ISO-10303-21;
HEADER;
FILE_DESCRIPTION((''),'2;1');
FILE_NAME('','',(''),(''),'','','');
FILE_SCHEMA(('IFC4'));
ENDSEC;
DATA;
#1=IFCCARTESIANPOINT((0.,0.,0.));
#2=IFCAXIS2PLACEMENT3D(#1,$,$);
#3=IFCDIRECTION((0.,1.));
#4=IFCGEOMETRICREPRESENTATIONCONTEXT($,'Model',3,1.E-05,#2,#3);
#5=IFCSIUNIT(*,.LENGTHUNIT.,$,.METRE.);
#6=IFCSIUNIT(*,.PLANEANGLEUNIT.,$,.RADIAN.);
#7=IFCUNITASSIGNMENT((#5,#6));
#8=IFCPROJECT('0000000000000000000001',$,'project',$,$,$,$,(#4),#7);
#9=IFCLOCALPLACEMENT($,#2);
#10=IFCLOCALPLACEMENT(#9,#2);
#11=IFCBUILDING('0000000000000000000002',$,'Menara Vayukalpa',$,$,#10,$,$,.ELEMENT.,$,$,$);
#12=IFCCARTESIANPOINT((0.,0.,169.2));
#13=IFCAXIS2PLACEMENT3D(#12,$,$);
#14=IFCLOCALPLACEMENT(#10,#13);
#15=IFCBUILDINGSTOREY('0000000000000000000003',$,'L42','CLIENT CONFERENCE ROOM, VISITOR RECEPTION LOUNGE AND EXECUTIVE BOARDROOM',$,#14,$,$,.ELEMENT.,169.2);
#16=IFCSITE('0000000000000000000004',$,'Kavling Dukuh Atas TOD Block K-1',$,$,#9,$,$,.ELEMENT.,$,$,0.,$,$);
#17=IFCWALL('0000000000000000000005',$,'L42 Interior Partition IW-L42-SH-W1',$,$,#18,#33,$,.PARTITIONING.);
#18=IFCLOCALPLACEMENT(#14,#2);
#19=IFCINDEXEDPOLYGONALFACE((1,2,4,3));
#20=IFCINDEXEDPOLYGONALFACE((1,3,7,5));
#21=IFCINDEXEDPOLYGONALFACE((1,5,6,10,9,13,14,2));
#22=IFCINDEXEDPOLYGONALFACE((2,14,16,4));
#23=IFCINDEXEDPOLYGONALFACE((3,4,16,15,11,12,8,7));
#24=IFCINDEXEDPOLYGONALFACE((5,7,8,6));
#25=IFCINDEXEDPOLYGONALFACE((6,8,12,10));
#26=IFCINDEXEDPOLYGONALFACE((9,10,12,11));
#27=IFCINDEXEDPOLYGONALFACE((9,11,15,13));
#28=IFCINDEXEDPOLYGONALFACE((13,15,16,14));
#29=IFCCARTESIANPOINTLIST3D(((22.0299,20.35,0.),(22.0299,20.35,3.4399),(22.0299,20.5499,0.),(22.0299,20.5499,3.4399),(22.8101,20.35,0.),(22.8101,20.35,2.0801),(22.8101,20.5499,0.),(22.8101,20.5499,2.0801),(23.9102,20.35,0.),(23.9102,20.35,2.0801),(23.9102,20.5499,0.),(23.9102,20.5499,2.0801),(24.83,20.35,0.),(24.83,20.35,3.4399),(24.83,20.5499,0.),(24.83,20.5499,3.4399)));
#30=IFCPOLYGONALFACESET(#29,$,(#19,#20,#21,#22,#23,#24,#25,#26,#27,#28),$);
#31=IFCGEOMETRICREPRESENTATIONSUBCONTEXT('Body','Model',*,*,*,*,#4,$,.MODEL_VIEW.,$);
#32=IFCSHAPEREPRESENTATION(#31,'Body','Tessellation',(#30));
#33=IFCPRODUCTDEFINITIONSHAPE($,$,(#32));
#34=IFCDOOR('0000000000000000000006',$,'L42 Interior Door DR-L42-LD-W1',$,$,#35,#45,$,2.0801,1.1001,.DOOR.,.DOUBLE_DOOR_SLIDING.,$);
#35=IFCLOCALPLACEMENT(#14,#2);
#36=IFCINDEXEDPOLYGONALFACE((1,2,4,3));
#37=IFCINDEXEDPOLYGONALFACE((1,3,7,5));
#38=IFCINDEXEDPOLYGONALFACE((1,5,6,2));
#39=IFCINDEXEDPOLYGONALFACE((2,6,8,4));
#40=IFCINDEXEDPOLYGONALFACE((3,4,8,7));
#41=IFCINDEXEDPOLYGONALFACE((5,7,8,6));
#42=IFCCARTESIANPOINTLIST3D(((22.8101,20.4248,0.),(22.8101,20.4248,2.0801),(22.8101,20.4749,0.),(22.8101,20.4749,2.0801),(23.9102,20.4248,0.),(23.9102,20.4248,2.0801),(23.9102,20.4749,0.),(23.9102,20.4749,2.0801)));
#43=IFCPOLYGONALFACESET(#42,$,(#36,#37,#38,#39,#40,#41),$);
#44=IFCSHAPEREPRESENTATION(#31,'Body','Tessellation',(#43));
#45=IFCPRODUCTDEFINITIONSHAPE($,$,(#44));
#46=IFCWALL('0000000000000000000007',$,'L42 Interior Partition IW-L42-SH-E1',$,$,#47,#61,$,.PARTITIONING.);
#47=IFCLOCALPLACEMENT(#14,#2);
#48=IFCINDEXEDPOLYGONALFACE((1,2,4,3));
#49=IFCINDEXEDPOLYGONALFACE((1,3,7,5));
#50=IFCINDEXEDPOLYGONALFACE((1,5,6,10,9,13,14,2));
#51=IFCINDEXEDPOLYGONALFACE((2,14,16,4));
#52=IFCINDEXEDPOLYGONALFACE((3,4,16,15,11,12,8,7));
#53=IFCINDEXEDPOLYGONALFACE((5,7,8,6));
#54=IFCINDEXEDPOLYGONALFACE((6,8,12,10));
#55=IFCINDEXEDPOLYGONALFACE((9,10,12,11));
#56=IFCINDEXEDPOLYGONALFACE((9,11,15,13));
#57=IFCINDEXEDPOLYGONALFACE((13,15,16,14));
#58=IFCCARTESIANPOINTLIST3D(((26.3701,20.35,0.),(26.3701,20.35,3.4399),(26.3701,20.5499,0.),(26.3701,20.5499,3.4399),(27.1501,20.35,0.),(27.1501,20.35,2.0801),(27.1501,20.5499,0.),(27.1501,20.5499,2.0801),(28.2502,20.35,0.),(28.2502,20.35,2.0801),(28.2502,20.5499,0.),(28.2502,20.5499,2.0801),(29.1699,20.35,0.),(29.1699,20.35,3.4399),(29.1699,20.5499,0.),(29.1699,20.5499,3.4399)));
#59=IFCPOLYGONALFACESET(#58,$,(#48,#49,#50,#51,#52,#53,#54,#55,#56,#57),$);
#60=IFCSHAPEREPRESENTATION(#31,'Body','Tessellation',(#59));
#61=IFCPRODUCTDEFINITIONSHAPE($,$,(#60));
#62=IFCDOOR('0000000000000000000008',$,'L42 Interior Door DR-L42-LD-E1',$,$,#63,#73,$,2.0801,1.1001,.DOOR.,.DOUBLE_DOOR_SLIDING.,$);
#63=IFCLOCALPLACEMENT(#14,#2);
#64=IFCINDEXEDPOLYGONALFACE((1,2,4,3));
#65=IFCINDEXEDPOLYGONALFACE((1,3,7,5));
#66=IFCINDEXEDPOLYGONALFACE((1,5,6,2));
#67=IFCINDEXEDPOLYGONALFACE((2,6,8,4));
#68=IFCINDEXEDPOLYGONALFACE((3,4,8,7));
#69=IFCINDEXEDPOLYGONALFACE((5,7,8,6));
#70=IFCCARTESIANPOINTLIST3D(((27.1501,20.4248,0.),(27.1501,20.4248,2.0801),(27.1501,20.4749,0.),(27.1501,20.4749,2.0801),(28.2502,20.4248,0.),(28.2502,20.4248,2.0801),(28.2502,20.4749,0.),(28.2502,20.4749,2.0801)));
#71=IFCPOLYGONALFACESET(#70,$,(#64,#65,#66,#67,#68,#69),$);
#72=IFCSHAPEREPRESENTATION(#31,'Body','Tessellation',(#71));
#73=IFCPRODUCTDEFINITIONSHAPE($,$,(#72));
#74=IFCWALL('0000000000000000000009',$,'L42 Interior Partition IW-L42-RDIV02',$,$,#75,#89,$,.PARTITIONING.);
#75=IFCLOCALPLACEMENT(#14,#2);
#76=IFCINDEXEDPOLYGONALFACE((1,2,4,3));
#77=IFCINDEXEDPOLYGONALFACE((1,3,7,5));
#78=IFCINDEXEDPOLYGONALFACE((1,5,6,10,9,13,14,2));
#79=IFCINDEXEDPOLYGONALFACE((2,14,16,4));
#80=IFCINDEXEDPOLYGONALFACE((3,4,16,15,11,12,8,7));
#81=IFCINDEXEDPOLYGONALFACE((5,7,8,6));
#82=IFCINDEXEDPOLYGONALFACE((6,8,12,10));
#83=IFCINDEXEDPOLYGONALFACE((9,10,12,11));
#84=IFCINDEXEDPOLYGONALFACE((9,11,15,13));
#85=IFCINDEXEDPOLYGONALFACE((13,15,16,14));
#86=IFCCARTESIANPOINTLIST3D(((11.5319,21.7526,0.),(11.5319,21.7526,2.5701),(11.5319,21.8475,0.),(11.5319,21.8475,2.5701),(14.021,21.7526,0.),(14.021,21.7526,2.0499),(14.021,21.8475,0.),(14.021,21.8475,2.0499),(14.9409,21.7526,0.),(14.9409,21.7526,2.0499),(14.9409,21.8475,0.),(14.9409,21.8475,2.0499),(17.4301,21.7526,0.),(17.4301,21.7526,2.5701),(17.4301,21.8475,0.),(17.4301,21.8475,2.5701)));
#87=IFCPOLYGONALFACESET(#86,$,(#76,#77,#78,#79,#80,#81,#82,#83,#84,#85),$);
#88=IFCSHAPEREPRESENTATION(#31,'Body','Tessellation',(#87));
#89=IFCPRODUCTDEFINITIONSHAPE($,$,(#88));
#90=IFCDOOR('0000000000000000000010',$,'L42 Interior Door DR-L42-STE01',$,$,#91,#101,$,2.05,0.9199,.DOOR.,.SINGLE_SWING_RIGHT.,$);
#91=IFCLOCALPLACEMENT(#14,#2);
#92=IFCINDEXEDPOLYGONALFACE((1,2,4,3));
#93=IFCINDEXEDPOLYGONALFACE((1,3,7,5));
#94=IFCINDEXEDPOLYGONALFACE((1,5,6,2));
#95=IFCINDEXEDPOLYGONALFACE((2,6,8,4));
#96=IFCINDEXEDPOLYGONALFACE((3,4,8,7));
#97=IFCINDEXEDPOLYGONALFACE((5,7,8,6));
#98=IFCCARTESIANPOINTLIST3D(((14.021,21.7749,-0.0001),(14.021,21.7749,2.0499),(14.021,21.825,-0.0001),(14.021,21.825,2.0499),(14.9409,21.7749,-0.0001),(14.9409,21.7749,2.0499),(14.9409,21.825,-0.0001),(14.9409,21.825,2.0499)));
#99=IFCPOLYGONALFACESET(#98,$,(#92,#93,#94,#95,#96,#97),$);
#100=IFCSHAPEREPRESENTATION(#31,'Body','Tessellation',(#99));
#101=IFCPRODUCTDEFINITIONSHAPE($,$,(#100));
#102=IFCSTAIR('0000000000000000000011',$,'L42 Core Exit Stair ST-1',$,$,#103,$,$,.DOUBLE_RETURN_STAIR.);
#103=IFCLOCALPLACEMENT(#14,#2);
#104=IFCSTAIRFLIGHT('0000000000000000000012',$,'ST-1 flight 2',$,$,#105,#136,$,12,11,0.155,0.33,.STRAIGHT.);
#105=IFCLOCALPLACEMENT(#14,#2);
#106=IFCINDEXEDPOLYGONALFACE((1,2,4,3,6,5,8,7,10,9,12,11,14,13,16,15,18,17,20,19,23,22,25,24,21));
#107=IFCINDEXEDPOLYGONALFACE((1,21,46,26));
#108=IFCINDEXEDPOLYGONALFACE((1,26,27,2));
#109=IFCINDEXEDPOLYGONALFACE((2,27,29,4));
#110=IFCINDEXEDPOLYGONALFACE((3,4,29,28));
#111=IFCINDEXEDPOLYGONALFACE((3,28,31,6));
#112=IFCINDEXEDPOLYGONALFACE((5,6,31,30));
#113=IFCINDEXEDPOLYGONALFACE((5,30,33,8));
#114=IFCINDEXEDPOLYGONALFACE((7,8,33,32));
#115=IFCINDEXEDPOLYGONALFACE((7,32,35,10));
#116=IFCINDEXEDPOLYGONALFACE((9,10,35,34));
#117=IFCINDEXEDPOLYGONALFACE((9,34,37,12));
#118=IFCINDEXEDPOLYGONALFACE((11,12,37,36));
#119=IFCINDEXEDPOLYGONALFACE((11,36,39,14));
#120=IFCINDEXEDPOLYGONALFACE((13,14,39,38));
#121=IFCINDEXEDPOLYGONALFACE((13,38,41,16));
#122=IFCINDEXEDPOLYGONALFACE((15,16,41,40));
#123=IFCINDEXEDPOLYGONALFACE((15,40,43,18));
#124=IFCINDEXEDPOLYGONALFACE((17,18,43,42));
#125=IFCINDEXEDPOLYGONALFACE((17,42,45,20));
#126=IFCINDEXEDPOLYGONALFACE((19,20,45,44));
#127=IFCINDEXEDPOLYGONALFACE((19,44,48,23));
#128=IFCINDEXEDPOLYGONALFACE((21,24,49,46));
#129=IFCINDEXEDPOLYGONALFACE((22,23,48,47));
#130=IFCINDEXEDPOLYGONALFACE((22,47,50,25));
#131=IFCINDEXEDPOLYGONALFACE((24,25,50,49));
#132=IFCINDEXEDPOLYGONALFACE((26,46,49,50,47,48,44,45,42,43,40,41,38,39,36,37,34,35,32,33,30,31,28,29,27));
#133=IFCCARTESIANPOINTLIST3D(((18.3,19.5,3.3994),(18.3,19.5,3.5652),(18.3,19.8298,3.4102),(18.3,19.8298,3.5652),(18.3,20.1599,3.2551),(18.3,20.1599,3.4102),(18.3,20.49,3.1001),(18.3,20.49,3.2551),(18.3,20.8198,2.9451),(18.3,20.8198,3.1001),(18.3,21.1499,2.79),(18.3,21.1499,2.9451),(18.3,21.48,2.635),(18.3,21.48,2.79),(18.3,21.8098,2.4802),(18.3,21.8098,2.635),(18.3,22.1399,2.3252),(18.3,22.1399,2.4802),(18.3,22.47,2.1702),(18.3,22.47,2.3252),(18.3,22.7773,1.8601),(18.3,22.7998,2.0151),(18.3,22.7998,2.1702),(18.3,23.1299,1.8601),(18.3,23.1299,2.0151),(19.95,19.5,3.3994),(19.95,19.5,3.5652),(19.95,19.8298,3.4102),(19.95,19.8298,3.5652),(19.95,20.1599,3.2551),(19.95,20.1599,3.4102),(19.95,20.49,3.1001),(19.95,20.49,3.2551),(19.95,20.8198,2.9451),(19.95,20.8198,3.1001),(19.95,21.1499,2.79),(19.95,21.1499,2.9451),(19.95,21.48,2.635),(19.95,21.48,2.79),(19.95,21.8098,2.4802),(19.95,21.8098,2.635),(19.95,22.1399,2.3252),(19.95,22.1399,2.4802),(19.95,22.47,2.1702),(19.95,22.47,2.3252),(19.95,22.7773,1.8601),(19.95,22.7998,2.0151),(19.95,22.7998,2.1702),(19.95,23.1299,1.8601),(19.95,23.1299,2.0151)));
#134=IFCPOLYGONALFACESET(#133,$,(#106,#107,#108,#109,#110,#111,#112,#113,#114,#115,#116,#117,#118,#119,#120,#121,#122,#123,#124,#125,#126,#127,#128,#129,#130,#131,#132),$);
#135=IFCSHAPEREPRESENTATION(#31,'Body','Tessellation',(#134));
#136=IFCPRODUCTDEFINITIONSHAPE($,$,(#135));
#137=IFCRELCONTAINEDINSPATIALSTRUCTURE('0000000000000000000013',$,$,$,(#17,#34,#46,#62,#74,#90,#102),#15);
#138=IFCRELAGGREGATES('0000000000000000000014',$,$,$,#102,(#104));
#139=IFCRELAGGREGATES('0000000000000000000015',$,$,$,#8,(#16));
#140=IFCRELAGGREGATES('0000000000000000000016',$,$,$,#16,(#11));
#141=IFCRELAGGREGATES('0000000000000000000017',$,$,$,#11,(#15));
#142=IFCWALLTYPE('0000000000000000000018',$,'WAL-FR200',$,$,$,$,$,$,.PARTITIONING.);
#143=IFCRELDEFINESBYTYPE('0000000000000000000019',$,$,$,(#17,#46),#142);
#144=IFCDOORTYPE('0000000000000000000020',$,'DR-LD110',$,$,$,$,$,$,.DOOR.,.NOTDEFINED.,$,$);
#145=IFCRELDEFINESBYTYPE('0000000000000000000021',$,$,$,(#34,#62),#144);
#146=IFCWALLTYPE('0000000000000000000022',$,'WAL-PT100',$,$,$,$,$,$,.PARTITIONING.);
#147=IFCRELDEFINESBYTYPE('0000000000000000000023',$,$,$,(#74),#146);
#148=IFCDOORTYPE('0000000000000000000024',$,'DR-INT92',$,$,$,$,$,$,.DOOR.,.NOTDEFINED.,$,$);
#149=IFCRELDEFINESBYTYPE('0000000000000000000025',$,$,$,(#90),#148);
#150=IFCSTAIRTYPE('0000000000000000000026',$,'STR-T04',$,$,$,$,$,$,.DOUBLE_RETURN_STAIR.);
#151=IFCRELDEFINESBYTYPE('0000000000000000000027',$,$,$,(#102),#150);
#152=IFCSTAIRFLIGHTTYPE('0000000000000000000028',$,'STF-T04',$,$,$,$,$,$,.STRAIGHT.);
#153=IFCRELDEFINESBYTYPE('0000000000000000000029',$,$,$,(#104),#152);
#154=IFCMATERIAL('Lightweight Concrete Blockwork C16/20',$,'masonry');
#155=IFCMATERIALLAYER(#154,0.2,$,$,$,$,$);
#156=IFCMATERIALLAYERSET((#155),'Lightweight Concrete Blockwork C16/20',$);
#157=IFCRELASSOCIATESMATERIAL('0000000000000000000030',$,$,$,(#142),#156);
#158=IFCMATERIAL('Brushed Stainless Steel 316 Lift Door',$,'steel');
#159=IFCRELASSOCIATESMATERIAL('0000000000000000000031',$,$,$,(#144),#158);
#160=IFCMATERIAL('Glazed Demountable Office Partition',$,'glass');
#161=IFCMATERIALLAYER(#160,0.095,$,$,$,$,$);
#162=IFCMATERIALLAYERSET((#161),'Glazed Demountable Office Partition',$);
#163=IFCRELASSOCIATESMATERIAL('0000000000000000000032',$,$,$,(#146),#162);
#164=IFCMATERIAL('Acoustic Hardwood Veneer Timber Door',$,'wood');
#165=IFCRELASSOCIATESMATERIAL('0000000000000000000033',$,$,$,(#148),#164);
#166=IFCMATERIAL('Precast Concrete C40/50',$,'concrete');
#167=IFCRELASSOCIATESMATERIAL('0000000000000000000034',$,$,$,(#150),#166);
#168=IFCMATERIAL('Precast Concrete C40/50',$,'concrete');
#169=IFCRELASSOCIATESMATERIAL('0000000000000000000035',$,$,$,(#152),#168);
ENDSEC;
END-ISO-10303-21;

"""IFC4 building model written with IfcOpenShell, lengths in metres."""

from ifc_helpers import new_model, si_unit, direction, frame, frame_2d, origin, place, context, subcontext, project, spatial, polyline, rectangle, outline, extrude, material, layer, layer_set, type_object, element, fill, aggregate, save


model = new_model("IFC4")

# Units and contexts
model_context = context("Model", 3, precision=1e-05, world=origin(), true_north=direction((0.0, 1.0)))
body_context = subcontext(model_context, "Body", "Model", "MODEL_VIEW")
ifc_project = project(units=[si_unit("LENGTHUNIT", "METRE"), si_unit("PLANEANGLEUNIT", "RADIAN")], contexts=[model_context])

# Site, building, storey
site_placement = place(None, origin())
site = spatial("IfcSite", under=ifc_project, at=site_placement, Name="Kavling Dukuh Atas TOD Block K-1", CompositionType="ELEMENT", RefElevation=0.0)
building_placement = place(site_placement, origin())
building = spatial("IfcBuilding", under=site, at=building_placement, Name="Menara Vayukalpa", CompositionType="ELEMENT")
storey_placement = place(building_placement, frame((0.0, 0.0, 169.2)))
storey = spatial("IfcBuildingStorey", under=building, at=storey_placement, Name="L42", Description="CLIENT CONFERENCE ROOM, VISITOR RECEPTION LOUNGE AND EXECUTIVE BOARDROOM", CompositionType="ELEMENT", Elevation=169.2)

# Walls, openings, doors
ifc_material_1 = material(Name="Lightweight Concrete Blockwork C16/20", Category="masonry")
ifc_layer_1 = layer(ifc_material_1, 0.2)
ifc_layer_set_1 = layer_set([ifc_layer_1], Name="Lightweight Concrete Blockwork C16/20")
wall_type_1 = type_object("IfcWallType", Name="WAL-FR200", PredefinedType="PARTITIONING", material=ifc_layer_set_1)
wall_1_placement = place(storey_placement, frame((22.03, 20.45, 0.0), z_axis=(0.0, 0.0, 1.0), x_axis=(1.0, 0.0, 0.0)))
wall_1 = element("IfcWall", 1, at=wall_1_placement, inside=storey, type_object=wall_type_1, Name="L42 Interior Partition IW-L42-SH-W1", PredefinedType="PARTITIONING", context=body_context, shape_type="SweptSolid", body=[
    extrude(rectangle(XDim=2.8, YDim=0.2, at=frame_2d((1.3999, 0.0))), origin(), (0.0, 0.0, 1.0), 3.4399),
])
opening_1_placement = place(wall_1_placement, frame((0.78, 0.0, 0.0)))
opening_1 = element("IfcOpeningElement", 2, at=opening_1_placement, cuts=wall_1, PredefinedType="OPENING", context=body_context, shape_type="SweptSolid", body=[
    extrude(rectangle(XDim=1.1001, YDim=2.0801, at=frame_2d((0.55, 1.04))), frame((0.0, 0.1099, 0.0), z_axis=(0.0, -1.0, 0.0), x_axis=(1.0, 0.0, 0.0)), (0.0, 0.0, 1.0), 0.22),
])
ifc_material_2 = material(Name="Brushed Stainless Steel 316 Lift Door", Category="steel")
door_type_1 = type_object("IfcDoorType", Name="DR-LD110", OperationType="NOTDEFINED", PredefinedType="DOOR", material=ifc_material_2)
door_1_placement = place(opening_1_placement, origin())
door_1 = element("IfcDoor", 3, at=door_1_placement, inside=storey, type_object=door_type_1, Name="L42 Interior Door DR-L42-LD-W1", OperationType="DOUBLE_DOOR_SLIDING", OverallHeight=2.0801, OverallWidth=1.1001, PredefinedType="DOOR", context=body_context, shape_type="SweptSolid", body=[
    extrude(rectangle(XDim=1.1001, YDim=2.0801, at=frame_2d((0.55, 1.04))), frame((0.0, 0.0249, 0.0), z_axis=(0.0, -1.0, 0.0), x_axis=(1.0, 0.0, 0.0)), (0.0, 0.0, 1.0), 0.05),
])
fill(opening_1, door_1)
wall_2_placement = place(storey_placement, frame((26.3701, 20.45, 0.0), z_axis=(0.0, 0.0, 1.0), x_axis=(1.0, 0.0, 0.0)))
wall_2 = element("IfcWall", 4, at=wall_2_placement, inside=storey, type_object=wall_type_1, Name="L42 Interior Partition IW-L42-SH-E1", PredefinedType="PARTITIONING", context=body_context, shape_type="SweptSolid", body=[
    extrude(rectangle(XDim=2.7998, YDim=0.2, at=frame_2d((1.3999, 0.0))), origin(), (0.0, 0.0, 1.0), 3.4399),
])
opening_2_placement = place(wall_2_placement, frame((0.78, 0.0, 0.0)))
opening_2 = element("IfcOpeningElement", 5, at=opening_2_placement, cuts=wall_2, PredefinedType="OPENING", context=body_context, shape_type="SweptSolid", body=[
    extrude(rectangle(XDim=1.1001, YDim=2.0801, at=frame_2d((0.55, 1.04))), frame((0.0, 0.1099, 0.0), z_axis=(0.0, -1.0, 0.0), x_axis=(1.0, 0.0, 0.0)), (0.0, 0.0, 1.0), 0.22),
])
door_2_placement = place(opening_2_placement, origin())
door_2 = element("IfcDoor", 6, at=door_2_placement, inside=storey, type_object=door_type_1, Name="L42 Interior Door DR-L42-LD-E1", OperationType="DOUBLE_DOOR_SLIDING", OverallHeight=2.0801, OverallWidth=1.1001, PredefinedType="DOOR", context=body_context, shape_type="SweptSolid", body=[
    extrude(rectangle(XDim=1.1001, YDim=2.0801, at=frame_2d((0.55, 1.04))), frame((0.0, 0.0249, 0.0), z_axis=(0.0, -1.0, 0.0), x_axis=(1.0, 0.0, 0.0)), (0.0, 0.0, 1.0), 0.05),
])
fill(opening_2, door_2)
ifc_material_3 = material(Name="Glazed Demountable Office Partition", Category="glass")
ifc_layer_2 = layer(ifc_material_3, 0.095)
ifc_layer_set_2 = layer_set([ifc_layer_2], Name="Glazed Demountable Office Partition")
wall_type_2 = type_object("IfcWallType", Name="WAL-PT100", PredefinedType="PARTITIONING", material=ifc_layer_set_2)
wall_3_placement = place(storey_placement, frame((11.5317, 21.8, 0.0), z_axis=(0.0, 0.0, 1.0), x_axis=(1.0, 0.0, 0.0)))
wall_3 = element("IfcWall", 7, at=wall_3_placement, inside=storey, type_object=wall_type_2, Name="L42 Interior Partition IW-L42-RDIV02", PredefinedType="PARTITIONING", context=body_context, shape_type="SweptSolid", body=[
    extrude(rectangle(XDim=5.8982, YDim=0.095, at=frame_2d((2.9492, 0.0))), origin(), (0.0, 0.0, 1.0), 2.5701),
])
opening_3_placement = place(wall_3_placement, frame((2.4893, 0.0, 0.0)))
opening_3 = element("IfcOpeningElement", 8, at=opening_3_placement, cuts=wall_3, PredefinedType="OPENING", context=body_context, shape_type="SweptSolid", body=[
    extrude(rectangle(XDim=0.9199, YDim=2.05, at=frame_2d((0.46, 1.0249))), frame((0.0, 0.0574, 0.0), z_axis=(0.0, -1.0, 0.0), x_axis=(1.0, 0.0, 0.0)), (0.0, 0.0, 1.0), 0.115),
])
ifc_material_4 = material(Name="Acoustic Hardwood Veneer Timber Door", Category="wood")
door_type_2 = type_object("IfcDoorType", Name="DR-INT92", OperationType="NOTDEFINED", PredefinedType="DOOR", material=ifc_material_4)
door_3_placement = place(opening_3_placement, origin())
door_3 = element("IfcDoor", 9, at=door_3_placement, inside=storey, type_object=door_type_2, Name="L42 Interior Door DR-L42-STE01", OperationType="SINGLE_SWING_RIGHT", OverallHeight=2.05, OverallWidth=0.9199, PredefinedType="DOOR", context=body_context, shape_type="SweptSolid", body=[
    extrude(rectangle(XDim=0.9199, YDim=2.05, at=frame_2d((0.46, 1.0249))), frame((0.0, 0.0249, 0.0), z_axis=(0.0, -1.0, 0.0), x_axis=(1.0, 0.0, 0.0)), (0.0, 0.0, 1.0), 0.05),
])
fill(opening_3, door_3)

# Stair, stair flight
ifc_material_5 = material(Name="Precast Concrete C40/50", Category="concrete")
stair_type = type_object("IfcStairType", Name="STR-T04", PredefinedType="DOUBLE_RETURN_STAIR", material=ifc_material_5)
stair_placement = place(storey_placement, origin())
stair = element("IfcStair", 10, at=stair_placement, inside=storey, type_object=stair_type, Name="L42 Core Exit Stair ST-1", PredefinedType="DOUBLE_RETURN_STAIR")
ifc_material_6 = material(Name="Precast Concrete C40/50", Category="concrete")
stair_flight_type = type_object("IfcStairFlightType", Name="STF-T04", PredefinedType="STRAIGHT", material=ifc_material_6)
stair_flight_placement = place(storey_placement, frame((19.125, 23.1299, 1.8601), z_axis=(0.0, 0.0, 1.0), x_axis=(0.0, -1.0, 0.0)))
stair_flight = element("IfcStairFlight", 11, at=stair_flight_placement, type_object=stair_flight_type, Name="ST-1 flight 2", NumberOfRisers=12, NumberOfTreads=11, PredefinedType="STRAIGHT", RiserHeight=0.155, TreadLength=0.33, context=body_context, shape_type="SweptSolid", body=[
    extrude(outline(polyline([(0.0, 0.0), (0.0, 0.155), (0.3301, 0.155), (0.3301, 0.3101), (0.6599, 0.3101), (0.6599, 0.4651), (0.99, 0.4651), (0.99, 0.6201), (1.3201, 0.6201), (1.3201, 0.7749), (1.6499, 0.7749), (1.6499, 0.9299), (1.98, 0.9299), (1.98, 1.085), (2.3101, 1.085), (2.3101, 1.24), (2.6399, 1.24), (2.6399, 1.395), (2.97, 1.395), (2.97, 1.55), (3.3, 1.55), (3.3, 1.7051), (3.6299, 1.7051), (3.6299, 1.8601), (3.6299, 1.5393), (0.3525, 0.0), (0.0, 0.0)])), frame((0.0, 0.825, 0.0), z_axis=(0.0, -1.0, 0.0), x_axis=(1.0, 0.0, 0.0)), (0.0, 0.0, 1.0), 1.6499),
])
aggregate(stair, [stair_flight])

save(model, "model.ifc")
